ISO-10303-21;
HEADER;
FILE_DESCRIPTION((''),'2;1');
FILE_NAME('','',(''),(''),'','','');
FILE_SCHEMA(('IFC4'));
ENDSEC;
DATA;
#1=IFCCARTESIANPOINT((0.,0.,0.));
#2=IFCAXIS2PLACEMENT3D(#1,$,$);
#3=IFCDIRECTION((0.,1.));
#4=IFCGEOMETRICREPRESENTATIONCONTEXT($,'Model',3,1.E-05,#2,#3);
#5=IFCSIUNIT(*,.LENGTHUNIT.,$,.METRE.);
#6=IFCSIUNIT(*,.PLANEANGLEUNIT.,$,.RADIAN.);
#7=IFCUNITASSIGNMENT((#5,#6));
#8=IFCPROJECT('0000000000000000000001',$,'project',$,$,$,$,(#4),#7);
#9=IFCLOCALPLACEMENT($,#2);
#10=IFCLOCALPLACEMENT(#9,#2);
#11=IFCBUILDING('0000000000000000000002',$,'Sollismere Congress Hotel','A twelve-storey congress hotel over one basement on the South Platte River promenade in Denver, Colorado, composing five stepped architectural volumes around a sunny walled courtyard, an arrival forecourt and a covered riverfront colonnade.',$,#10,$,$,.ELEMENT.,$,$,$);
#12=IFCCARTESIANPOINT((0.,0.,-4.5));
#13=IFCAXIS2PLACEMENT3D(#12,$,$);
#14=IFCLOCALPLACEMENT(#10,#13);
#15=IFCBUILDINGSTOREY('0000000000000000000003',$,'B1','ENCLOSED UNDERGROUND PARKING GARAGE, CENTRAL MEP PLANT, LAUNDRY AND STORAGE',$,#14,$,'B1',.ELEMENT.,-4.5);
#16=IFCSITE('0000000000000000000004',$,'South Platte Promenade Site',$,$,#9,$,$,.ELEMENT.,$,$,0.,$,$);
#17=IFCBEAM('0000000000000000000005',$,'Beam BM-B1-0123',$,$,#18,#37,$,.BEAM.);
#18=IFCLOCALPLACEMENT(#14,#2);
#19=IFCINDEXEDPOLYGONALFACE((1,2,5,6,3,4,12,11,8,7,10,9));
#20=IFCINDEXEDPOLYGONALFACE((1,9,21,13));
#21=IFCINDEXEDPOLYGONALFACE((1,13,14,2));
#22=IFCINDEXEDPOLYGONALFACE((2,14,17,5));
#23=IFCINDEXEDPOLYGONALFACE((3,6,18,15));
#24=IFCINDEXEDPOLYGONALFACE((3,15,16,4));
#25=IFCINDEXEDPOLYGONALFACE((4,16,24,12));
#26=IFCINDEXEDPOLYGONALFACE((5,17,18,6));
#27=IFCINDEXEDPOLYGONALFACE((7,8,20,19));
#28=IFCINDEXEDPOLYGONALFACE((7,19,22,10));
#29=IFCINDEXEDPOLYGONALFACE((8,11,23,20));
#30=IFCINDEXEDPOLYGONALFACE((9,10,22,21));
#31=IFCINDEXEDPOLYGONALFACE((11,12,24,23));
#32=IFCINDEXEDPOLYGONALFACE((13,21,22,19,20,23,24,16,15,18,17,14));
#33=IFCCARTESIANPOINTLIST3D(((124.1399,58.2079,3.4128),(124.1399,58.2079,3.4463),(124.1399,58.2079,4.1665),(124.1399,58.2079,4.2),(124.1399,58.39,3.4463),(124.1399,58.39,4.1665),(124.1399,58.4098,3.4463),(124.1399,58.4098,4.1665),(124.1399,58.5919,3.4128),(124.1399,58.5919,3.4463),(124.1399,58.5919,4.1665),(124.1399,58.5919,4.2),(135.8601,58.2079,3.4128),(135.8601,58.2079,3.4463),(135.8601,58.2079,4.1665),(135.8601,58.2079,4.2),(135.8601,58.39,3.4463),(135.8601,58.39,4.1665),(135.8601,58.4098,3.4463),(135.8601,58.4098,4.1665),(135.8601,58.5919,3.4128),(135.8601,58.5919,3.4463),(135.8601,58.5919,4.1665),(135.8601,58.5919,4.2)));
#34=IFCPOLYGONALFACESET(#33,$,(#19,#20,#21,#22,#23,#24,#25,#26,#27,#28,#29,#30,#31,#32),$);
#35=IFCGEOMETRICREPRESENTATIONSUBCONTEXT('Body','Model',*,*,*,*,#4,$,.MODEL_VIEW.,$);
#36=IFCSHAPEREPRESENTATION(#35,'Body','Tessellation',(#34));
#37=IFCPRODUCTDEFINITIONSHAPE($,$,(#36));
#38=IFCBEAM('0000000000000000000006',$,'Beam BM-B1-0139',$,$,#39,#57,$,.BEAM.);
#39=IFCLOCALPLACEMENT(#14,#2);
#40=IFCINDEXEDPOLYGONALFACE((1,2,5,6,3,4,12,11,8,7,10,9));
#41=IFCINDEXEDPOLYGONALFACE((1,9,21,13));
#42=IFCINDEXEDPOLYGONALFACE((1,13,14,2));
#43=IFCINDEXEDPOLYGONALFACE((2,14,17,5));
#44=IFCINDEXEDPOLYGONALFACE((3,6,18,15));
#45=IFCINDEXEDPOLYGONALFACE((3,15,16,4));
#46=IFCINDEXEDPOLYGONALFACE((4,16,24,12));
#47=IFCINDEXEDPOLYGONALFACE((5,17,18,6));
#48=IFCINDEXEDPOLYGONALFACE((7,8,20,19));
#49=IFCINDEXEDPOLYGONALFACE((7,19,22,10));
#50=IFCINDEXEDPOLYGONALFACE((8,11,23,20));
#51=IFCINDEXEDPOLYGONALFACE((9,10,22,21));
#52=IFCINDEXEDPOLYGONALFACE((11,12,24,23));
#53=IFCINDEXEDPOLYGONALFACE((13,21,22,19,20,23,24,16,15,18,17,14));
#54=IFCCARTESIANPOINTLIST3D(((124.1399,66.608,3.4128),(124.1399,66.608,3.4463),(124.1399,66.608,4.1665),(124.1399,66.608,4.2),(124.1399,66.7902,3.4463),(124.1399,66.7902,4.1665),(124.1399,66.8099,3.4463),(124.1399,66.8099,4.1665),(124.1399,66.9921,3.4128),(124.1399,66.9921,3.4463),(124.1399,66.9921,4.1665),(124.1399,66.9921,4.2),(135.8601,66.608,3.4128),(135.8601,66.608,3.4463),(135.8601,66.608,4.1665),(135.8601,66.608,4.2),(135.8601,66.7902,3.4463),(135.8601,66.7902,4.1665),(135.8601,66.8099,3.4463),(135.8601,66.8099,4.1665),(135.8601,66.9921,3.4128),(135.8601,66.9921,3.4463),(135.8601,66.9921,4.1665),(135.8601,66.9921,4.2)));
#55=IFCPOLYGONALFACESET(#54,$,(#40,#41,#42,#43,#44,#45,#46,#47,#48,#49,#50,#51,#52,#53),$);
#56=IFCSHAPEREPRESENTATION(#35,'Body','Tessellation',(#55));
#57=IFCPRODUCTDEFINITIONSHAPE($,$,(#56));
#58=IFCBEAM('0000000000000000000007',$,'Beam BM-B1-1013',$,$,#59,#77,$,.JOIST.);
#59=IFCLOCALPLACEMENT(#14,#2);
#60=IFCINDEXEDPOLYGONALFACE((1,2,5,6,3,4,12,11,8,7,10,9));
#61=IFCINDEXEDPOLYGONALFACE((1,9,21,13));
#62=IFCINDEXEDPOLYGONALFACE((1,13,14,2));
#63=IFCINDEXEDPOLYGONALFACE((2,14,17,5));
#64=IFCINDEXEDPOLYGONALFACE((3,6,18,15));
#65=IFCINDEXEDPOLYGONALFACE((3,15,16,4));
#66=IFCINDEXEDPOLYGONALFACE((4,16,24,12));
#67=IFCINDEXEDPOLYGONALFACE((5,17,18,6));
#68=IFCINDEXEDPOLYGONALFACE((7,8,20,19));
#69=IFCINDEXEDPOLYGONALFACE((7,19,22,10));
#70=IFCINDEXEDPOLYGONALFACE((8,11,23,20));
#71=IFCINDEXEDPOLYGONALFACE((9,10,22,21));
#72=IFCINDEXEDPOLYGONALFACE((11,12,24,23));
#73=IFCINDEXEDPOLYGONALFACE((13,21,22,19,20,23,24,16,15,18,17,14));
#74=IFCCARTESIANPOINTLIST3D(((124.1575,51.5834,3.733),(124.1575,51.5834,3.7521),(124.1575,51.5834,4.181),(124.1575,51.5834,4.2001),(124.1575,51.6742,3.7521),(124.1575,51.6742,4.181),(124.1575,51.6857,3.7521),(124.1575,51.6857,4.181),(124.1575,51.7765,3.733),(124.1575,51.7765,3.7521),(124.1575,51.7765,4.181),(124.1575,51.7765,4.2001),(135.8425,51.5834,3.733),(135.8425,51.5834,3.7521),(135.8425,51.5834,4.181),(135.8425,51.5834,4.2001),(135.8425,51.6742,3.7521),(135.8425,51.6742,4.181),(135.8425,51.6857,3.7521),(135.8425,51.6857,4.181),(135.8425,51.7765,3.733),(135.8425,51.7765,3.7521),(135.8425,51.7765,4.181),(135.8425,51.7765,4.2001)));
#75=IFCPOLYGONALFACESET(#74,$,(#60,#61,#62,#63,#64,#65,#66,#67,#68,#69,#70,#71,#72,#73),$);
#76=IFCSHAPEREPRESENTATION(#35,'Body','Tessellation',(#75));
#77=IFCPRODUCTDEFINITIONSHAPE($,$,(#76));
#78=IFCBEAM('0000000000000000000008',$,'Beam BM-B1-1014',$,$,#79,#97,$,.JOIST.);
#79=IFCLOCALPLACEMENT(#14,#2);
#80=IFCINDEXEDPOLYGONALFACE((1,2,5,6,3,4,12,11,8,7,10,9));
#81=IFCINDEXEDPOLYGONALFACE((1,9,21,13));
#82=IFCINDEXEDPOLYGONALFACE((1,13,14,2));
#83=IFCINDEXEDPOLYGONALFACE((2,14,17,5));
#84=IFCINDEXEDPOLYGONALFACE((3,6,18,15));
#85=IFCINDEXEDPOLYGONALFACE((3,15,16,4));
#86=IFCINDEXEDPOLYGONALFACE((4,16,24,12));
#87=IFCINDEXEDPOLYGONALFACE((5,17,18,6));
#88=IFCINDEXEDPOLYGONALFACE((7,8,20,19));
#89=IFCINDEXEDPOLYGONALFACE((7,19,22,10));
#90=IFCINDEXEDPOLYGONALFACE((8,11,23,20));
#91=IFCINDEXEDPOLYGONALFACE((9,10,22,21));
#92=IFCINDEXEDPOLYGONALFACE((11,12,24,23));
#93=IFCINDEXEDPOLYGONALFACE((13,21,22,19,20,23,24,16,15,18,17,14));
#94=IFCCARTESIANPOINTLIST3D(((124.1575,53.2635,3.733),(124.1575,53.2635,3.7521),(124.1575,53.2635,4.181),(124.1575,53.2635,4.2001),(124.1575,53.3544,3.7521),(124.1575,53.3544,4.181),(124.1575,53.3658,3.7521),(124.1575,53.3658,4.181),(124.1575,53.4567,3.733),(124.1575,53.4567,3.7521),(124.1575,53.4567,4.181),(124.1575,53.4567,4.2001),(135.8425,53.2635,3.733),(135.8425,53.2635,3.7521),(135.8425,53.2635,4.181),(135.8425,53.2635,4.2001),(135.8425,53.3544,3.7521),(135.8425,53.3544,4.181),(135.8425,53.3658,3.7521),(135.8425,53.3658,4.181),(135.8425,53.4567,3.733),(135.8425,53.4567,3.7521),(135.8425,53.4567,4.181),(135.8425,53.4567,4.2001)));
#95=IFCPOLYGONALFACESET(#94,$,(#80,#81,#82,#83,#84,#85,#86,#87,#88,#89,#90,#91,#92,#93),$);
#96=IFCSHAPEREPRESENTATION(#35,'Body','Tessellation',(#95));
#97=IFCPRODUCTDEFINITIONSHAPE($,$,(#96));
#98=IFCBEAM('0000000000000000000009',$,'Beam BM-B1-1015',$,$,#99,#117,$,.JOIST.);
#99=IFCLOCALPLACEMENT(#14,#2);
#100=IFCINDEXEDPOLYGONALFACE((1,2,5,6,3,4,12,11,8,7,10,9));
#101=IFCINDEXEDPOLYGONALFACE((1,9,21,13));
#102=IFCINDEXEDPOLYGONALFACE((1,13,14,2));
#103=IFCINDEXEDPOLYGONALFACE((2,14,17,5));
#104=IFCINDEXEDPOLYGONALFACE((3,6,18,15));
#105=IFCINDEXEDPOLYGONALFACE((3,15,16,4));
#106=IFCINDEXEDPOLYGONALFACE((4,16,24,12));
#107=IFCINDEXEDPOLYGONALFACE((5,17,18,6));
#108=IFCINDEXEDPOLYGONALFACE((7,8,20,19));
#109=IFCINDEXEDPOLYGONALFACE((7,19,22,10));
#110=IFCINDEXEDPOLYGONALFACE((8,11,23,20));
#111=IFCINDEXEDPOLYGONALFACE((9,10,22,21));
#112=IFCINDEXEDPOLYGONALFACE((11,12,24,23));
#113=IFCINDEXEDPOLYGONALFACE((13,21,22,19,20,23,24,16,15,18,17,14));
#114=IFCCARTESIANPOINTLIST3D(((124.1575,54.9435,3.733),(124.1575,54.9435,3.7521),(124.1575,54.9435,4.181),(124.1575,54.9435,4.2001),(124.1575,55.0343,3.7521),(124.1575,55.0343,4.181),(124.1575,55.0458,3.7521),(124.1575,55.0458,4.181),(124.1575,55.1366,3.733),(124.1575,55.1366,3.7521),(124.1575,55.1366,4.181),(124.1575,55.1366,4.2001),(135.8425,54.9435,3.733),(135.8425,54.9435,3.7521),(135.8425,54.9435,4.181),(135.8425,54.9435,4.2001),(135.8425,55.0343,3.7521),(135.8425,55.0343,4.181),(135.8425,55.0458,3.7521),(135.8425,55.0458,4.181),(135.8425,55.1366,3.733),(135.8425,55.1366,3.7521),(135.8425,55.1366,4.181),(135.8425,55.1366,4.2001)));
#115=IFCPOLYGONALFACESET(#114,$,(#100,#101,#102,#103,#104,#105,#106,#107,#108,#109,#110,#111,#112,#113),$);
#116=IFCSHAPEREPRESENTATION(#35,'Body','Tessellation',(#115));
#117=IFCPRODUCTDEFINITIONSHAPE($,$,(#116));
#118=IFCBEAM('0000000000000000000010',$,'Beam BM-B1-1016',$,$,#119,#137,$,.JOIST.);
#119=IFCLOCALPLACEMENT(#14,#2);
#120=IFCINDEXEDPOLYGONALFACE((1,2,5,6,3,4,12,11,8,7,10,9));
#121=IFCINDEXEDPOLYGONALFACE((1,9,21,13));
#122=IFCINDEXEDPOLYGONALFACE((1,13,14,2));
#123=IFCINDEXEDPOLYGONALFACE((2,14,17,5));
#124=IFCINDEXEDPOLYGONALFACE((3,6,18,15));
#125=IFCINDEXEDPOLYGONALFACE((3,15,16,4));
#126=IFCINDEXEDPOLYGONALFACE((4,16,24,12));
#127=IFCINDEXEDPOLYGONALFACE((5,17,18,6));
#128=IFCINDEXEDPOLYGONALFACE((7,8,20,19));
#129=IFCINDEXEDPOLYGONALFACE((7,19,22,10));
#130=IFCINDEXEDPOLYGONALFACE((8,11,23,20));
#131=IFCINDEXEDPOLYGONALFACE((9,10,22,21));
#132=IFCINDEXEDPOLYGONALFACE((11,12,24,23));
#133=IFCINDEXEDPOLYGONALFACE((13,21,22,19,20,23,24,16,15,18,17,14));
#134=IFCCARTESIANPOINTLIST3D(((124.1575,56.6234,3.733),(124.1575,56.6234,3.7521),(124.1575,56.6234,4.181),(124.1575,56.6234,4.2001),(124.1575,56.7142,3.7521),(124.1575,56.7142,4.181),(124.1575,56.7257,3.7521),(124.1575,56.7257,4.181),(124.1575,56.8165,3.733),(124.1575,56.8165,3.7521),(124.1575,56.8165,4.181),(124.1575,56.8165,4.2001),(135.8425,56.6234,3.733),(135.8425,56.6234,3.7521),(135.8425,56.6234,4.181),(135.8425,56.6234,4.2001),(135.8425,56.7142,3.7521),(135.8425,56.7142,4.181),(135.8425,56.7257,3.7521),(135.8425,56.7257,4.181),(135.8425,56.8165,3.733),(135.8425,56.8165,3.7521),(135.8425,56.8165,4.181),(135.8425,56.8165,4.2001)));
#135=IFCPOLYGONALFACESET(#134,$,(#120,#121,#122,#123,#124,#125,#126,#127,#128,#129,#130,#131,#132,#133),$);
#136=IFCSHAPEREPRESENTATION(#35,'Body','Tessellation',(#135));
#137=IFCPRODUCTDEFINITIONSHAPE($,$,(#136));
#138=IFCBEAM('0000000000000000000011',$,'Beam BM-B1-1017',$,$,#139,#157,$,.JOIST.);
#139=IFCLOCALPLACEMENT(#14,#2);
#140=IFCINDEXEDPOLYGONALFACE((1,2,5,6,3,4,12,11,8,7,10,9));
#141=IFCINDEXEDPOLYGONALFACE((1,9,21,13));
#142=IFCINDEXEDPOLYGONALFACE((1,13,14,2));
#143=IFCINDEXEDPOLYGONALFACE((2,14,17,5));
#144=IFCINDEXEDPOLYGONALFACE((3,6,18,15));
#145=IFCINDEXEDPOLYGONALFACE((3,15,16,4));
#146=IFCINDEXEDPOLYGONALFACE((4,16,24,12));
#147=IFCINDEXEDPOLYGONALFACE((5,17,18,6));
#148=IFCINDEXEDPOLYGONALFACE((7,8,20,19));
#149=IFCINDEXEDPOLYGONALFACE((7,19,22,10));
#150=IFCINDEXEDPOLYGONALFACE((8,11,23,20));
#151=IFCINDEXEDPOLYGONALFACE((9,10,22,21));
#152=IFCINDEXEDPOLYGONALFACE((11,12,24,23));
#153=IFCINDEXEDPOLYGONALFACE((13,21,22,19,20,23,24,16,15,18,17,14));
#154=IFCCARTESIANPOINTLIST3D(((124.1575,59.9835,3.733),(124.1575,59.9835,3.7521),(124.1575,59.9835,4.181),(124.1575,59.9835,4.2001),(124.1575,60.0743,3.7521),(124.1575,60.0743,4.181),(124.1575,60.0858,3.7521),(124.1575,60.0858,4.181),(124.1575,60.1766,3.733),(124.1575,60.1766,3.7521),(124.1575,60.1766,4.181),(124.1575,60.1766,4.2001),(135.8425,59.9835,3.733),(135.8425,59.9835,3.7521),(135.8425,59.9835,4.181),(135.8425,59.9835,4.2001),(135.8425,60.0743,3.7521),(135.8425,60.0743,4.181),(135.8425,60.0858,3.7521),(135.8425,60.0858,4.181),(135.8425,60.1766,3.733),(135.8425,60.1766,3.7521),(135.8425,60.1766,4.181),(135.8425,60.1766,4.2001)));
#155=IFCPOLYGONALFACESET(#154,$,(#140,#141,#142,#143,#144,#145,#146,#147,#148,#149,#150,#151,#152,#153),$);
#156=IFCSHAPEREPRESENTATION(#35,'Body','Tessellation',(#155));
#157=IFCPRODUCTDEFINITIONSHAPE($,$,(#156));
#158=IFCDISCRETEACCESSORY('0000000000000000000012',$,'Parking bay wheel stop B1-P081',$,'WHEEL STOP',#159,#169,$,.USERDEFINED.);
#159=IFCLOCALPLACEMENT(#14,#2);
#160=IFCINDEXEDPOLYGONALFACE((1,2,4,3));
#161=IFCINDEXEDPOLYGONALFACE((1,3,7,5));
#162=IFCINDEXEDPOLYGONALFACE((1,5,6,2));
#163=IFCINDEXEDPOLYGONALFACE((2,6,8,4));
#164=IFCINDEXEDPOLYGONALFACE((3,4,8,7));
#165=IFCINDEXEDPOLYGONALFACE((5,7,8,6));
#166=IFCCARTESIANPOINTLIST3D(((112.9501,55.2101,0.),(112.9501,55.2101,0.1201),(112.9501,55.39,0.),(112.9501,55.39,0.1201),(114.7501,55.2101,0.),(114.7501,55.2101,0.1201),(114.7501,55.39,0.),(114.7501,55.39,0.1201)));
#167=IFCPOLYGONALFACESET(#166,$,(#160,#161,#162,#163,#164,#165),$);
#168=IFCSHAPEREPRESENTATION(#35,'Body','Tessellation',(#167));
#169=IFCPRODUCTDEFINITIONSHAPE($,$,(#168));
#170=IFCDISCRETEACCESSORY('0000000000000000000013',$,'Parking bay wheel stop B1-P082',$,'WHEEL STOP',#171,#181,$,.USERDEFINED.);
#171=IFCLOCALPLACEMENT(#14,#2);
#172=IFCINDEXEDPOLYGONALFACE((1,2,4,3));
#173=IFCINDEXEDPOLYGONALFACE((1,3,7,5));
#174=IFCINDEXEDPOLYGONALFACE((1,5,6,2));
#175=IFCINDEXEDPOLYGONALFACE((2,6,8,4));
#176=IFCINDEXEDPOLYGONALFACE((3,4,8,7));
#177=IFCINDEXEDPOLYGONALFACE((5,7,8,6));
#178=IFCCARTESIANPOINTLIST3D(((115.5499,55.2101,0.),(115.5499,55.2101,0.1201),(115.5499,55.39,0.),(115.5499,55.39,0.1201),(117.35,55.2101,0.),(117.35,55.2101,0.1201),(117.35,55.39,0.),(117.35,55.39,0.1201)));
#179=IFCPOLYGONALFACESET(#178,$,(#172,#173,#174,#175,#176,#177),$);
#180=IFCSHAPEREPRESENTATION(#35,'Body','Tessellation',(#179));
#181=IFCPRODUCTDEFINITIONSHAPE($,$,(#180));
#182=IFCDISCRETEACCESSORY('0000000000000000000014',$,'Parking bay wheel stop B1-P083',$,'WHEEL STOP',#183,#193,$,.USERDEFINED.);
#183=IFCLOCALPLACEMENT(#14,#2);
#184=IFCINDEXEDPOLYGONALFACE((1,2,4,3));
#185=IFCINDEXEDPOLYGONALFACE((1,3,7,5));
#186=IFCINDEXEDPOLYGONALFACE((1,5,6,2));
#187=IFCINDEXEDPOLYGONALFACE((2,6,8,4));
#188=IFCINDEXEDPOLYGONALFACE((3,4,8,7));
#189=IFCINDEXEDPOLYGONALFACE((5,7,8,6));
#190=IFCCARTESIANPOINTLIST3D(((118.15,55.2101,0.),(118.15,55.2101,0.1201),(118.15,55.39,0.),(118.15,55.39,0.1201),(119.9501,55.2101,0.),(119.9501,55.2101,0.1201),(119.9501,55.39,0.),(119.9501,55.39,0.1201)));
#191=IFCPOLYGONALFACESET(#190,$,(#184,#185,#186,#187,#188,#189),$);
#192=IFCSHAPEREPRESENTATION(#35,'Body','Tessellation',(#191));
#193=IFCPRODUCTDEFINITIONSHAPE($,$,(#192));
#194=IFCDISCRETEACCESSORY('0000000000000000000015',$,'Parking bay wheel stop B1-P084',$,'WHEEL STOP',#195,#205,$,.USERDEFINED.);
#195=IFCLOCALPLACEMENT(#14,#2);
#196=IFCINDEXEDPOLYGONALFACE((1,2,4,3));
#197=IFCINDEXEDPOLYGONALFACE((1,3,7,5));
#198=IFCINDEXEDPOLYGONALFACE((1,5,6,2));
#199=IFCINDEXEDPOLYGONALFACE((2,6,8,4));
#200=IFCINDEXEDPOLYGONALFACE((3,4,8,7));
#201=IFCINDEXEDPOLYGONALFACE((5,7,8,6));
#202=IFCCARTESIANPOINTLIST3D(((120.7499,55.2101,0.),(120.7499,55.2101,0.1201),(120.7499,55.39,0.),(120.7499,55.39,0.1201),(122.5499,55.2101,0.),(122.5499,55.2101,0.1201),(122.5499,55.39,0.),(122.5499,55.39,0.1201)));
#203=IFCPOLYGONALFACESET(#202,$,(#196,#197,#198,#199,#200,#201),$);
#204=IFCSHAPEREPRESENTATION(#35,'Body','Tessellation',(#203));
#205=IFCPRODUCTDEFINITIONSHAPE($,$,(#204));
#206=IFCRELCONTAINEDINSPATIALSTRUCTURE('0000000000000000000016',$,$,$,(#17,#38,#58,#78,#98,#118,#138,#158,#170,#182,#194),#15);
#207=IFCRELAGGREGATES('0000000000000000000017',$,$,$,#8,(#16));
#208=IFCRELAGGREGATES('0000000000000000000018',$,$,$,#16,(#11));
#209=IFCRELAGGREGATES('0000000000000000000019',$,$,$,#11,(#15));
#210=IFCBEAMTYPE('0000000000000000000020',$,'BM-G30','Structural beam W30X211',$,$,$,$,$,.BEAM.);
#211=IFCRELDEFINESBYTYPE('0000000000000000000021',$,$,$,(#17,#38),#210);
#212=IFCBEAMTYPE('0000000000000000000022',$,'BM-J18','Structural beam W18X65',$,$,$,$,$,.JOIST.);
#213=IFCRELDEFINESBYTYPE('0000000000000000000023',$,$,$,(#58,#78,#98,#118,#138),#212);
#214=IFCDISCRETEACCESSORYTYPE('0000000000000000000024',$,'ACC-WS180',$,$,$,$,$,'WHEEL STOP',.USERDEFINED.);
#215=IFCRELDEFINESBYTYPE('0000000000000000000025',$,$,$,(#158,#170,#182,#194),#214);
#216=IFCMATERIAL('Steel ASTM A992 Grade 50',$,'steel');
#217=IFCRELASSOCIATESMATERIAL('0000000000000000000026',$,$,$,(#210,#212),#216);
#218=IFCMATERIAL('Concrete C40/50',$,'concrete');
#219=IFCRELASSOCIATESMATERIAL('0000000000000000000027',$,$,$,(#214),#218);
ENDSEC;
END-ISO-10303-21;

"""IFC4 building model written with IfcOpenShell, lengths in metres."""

from ifc_helpers import new_model, si_unit, direction, frame, origin, origin_2d, place, context, subcontext, project, spatial, rectangle, i_section, extrude, material, material_profile, profile_set, type_object, element, save


model = new_model("IFC4")

# Units and contexts
model_context = context("Model", 3, precision=1e-05, world=origin(), true_north=direction((0.0, 1.0)))
body_context = subcontext(model_context, "Body", "Model", "MODEL_VIEW")
ifc_project = project(units=[si_unit("LENGTHUNIT", "METRE"), si_unit("PLANEANGLEUNIT", "RADIAN")], contexts=[model_context])

# Site, building, storey
site_placement = place(None, origin())
site = spatial("IfcSite", under=ifc_project, at=site_placement, Name="South Platte Promenade Site", CompositionType="ELEMENT", RefElevation=0.0)
building_placement = place(site_placement, origin())
building = spatial("IfcBuilding", under=site, at=building_placement, Name="Sollismere Congress Hotel", Description="A twelve-storey congress hotel over one basement on the South Platte River promenade in Denver, Colorado, composing five stepped architectural volumes around a sunny walled courtyard, an arrival forecourt and a covered riverfront colonnade.", CompositionType="ELEMENT")
storey_placement = place(building_placement, frame((0.0, 0.0, -4.5)))
storey = spatial("IfcBuildingStorey", under=building, at=storey_placement, Name="B1", Description="ENCLOSED UNDERGROUND PARKING GARAGE, CENTRAL MEP PLANT, LAUNDRY AND STORAGE", LongName="B1", CompositionType="ELEMENT", Elevation=-4.5)

# Shared definitions
ifc_material_1 = material(Name="Concrete C40/50", Category="concrete")

# Beams
ifc_material_2 = material(Name="Steel ASTM A992 Grade 50", Category="steel")
ifc_material_profile_1 = material_profile(ifc_material_2, i_section(OverallWidth=0.384, OverallDepth=0.7871, WebThickness=0.0198, FlangeThickness=0.0334, at=origin_2d()), Name="W30X211")
ifc_profile_set_1 = profile_set([ifc_material_profile_1], Name="Steel ASTM A992 Grade 50")
beam_type_1 = type_object("IfcBeamType", Name="BM-G30", Description="Structural beam W30X211", PredefinedType="BEAM", material=ifc_profile_set_1)
for number, where, z_axis, x_axis, name in (
    (1, (124.1399, 58.3999, 3.8064), (1.0, 0.0, 0.0), (0.0, 1.0, 0.0), "Beam BM-B1-0123"),
    (2, (124.1399, 66.8, 3.8064), (1.0, 0.0, 0.0), (0.0, 1.0, 0.0), "Beam BM-B1-0139"),
):
    element("IfcBeam", number, at=place(storey_placement, frame(where, z_axis=z_axis, x_axis=x_axis)), inside=storey, type_object=beam_type_1, Name=name, PredefinedType="BEAM", context=body_context, shape_type="SweptSolid", body=[
        extrude(i_section(OverallWidth=0.384, OverallDepth=0.7871, WebThickness=0.0198, FlangeThickness=0.0334, at=origin_2d()), origin(), (0.0, 0.0, 1.0), 11.7202),
    ])
ifc_material_profile_2 = material_profile(ifc_material_2, i_section(OverallWidth=0.1931, OverallDepth=0.467, WebThickness=0.0115, FlangeThickness=0.019, at=origin_2d()), Name="W18X65")
ifc_profile_set_2 = profile_set([ifc_material_profile_2], Name="Steel ASTM A992 Grade 50")
beam_type_2 = type_object("IfcBeamType", Name="BM-J18", Description="Structural beam W18X65", PredefinedType="JOIST", material=ifc_profile_set_2)
for number, where, z_axis, x_axis, name in (
    (3, (124.1575, 51.6799, 3.9666), (1.0, 0.0, 0.0), (0.0, 1.0, 0.0), "Beam BM-B1-1013"),
    (4, (124.1575, 53.3601, 3.9666), (1.0, 0.0, 0.0), (0.0, 1.0, 0.0), "Beam BM-B1-1014"),
    (5, (124.1575, 55.04, 3.9666), (1.0, 0.0, 0.0), (0.0, 1.0, 0.0), "Beam BM-B1-1015"),
    (6, (124.1575, 56.72, 3.9666), (1.0, 0.0, 0.0), (0.0, 1.0, 0.0), "Beam BM-B1-1016"),
    (7, (124.1575, 60.0801, 3.9666), (1.0, 0.0, 0.0), (0.0, 1.0, 0.0), "Beam BM-B1-1017"),
):
    element("IfcBeam", number, at=place(storey_placement, frame(where, z_axis=z_axis, x_axis=x_axis)), inside=storey, type_object=beam_type_2, Name=name, PredefinedType="JOIST", context=body_context, shape_type="SweptSolid", body=[
        extrude(i_section(OverallWidth=0.1931, OverallDepth=0.467, WebThickness=0.0115, FlangeThickness=0.019, at=origin_2d()), origin(), (0.0, 0.0, 1.0), 11.6851),
    ])

# Discrete accessories
discrete_accessory_type = type_object("IfcDiscreteAccessoryType", Name="ACC-WS180", ElementType="WHEEL STOP", PredefinedType="USERDEFINED", material=ifc_material_1)
for number, where, z_axis, x_axis, name in (
    (8, (113.8501, 55.3, 0.0), (0.0, 0.0, 1.0), (1.0, 0.0, 0.0), "Parking bay wheel stop B1-P081"),
    (9, (116.45, 55.3, 0.0), (0.0, 0.0, 1.0), (1.0, 0.0, 0.0), "Parking bay wheel stop B1-P082"),
    (10, (119.05, 55.3, 0.0), (0.0, 0.0, 1.0), (1.0, 0.0, 0.0), "Parking bay wheel stop B1-P083"),
    (11, (121.6499, 55.3, 0.0), (0.0, 0.0, 1.0), (1.0, 0.0, 0.0), "Parking bay wheel stop B1-P084"),
):
    element("IfcDiscreteAccessory", number, at=place(storey_placement, frame(where, z_axis=z_axis, x_axis=x_axis)), inside=storey, type_object=discrete_accessory_type, Name=name, ObjectType="WHEEL STOP", PredefinedType="USERDEFINED", context=body_context, shape_type="SweptSolid", body=[
        extrude(rectangle(XDim=1.8, YDim=0.1799, at=origin_2d()), origin(), (0.0, 0.0, 1.0), 0.1201),
    ])

save(model, "model.ifc")
